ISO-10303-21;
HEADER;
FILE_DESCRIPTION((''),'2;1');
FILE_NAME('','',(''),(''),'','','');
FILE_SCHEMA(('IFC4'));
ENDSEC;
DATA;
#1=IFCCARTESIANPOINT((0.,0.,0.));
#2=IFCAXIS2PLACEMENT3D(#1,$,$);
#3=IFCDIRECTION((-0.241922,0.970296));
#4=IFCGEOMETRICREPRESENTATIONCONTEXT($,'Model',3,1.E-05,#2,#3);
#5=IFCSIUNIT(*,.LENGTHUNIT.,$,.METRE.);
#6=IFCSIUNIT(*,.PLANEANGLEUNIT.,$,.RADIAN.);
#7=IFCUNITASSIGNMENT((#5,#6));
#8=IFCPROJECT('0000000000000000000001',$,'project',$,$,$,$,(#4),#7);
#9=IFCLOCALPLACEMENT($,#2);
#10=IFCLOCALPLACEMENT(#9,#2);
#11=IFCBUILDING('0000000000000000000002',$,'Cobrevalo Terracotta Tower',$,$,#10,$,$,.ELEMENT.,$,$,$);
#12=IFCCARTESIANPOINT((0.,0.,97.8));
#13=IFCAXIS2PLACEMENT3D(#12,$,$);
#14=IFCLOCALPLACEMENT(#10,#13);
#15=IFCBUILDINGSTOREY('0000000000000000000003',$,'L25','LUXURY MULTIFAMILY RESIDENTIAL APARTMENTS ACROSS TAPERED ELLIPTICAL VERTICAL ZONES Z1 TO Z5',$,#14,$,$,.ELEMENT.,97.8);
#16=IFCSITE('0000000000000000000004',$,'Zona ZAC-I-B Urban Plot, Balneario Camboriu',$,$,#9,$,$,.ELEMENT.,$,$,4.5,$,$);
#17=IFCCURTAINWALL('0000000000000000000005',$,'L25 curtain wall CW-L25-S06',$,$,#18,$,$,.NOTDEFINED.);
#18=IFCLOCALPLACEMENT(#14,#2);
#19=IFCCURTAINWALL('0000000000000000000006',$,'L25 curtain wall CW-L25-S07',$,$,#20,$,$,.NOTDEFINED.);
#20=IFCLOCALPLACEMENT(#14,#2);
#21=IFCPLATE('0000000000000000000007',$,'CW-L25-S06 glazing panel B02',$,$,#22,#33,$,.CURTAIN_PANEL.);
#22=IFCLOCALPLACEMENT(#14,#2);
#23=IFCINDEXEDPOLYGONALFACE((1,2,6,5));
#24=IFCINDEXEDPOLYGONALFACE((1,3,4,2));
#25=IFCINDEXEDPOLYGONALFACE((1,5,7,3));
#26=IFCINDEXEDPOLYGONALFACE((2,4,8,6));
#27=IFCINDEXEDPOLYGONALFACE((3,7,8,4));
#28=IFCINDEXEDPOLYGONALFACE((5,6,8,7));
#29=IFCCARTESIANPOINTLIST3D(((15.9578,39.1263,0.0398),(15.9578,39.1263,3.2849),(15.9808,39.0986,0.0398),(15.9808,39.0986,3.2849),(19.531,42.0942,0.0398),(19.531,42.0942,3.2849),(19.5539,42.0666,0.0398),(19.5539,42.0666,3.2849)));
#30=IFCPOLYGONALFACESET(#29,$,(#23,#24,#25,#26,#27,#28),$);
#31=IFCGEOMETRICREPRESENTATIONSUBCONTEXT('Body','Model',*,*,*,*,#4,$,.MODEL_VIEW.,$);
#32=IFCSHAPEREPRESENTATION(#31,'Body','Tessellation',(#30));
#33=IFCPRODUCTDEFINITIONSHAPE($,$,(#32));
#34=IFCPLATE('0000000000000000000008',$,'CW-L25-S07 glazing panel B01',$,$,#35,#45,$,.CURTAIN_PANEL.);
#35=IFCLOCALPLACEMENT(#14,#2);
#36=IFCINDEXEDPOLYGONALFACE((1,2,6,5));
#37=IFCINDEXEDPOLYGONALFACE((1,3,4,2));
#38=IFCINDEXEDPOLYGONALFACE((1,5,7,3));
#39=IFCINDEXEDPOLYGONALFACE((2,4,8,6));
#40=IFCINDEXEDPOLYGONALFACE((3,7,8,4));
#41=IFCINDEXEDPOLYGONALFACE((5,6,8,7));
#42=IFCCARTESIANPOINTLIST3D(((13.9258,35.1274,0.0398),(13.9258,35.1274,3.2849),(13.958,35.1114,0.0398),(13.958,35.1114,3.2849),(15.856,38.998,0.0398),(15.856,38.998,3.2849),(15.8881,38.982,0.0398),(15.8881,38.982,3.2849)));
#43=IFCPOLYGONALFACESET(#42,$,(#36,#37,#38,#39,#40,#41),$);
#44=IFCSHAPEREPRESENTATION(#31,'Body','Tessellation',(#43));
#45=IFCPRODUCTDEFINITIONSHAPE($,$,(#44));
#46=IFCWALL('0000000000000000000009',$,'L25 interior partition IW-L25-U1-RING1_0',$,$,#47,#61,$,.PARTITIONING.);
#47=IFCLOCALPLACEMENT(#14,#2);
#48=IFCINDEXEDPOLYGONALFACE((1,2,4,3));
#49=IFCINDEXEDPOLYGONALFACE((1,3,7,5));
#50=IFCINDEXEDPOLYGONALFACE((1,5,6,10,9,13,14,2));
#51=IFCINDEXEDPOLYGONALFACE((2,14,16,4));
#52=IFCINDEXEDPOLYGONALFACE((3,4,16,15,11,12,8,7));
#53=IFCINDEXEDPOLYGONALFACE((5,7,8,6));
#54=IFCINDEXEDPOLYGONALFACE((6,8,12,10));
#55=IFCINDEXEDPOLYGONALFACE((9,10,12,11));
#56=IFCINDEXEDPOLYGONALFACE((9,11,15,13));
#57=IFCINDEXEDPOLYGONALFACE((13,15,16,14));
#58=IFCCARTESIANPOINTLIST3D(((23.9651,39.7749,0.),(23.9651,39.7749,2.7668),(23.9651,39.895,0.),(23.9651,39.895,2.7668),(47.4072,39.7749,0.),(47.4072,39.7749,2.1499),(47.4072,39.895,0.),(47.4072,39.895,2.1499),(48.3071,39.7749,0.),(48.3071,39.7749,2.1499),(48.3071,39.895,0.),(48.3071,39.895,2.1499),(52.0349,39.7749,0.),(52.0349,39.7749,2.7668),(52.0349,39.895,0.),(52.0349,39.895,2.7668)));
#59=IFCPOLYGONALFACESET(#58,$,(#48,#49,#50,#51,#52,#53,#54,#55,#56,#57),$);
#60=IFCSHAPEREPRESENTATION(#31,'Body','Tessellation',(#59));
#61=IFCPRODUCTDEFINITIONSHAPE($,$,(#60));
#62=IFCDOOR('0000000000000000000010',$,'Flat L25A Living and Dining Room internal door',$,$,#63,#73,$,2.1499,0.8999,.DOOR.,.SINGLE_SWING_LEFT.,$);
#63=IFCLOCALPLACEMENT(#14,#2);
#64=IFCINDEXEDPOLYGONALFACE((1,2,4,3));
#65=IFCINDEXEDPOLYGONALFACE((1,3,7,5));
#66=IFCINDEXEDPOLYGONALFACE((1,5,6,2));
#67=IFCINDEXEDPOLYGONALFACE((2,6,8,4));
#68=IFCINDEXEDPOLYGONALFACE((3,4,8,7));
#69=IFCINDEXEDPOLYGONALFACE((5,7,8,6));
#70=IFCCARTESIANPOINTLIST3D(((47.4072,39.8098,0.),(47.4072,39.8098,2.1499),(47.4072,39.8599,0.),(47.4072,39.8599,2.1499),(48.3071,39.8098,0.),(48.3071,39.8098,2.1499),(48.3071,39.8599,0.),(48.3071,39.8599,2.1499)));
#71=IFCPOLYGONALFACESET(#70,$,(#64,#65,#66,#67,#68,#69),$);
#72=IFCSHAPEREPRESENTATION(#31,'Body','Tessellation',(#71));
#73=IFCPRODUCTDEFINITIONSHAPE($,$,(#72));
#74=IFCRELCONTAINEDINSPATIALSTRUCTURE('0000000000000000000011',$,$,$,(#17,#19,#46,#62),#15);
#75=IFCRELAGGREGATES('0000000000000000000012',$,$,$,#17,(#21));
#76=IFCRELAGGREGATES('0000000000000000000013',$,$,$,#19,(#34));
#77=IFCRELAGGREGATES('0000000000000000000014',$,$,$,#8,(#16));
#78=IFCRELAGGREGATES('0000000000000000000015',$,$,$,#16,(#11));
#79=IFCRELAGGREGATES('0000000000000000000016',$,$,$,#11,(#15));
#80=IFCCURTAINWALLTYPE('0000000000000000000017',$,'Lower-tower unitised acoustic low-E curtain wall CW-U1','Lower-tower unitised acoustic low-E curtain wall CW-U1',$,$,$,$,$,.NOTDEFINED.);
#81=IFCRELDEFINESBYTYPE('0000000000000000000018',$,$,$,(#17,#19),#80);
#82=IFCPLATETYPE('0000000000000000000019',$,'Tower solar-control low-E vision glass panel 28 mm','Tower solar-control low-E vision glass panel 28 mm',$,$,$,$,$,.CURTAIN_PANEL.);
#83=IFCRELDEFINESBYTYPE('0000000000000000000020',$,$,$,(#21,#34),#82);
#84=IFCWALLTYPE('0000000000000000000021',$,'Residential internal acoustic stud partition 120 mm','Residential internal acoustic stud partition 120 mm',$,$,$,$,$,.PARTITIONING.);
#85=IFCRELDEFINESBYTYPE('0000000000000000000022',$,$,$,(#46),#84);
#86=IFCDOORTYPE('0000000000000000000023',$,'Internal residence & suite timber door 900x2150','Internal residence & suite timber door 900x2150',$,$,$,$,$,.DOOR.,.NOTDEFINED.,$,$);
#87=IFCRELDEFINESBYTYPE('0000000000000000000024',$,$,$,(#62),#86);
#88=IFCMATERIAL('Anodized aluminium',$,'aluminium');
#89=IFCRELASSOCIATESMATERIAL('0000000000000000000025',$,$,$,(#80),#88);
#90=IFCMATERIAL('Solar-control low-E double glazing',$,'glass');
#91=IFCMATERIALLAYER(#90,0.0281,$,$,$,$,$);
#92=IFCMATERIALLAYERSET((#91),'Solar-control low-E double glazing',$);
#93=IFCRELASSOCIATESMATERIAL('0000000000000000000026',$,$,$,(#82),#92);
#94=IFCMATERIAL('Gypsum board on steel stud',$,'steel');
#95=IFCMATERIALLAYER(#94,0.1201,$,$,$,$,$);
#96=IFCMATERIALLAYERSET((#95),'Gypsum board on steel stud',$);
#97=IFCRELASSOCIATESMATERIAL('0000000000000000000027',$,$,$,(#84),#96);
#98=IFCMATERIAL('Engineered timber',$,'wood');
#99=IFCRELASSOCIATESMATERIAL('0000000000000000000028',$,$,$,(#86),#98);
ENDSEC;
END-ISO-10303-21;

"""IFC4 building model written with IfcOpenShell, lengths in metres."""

from ifc_helpers import new_model, si_unit, direction, frame, frame_2d, origin, origin_2d, place, context, subcontext, project, spatial, rectangle, extrude, source, transform, mapped, material, layer, layer_set, type_object, element, fill, aggregate, save


model = new_model("IFC4")

# Units and contexts
model_context = context("Model", 3, precision=1e-05, world=origin(), true_north=direction((-0.241922, 0.970296)))
body_context = subcontext(model_context, "Body", "Model", "MODEL_VIEW")
ifc_project = project(units=[si_unit("LENGTHUNIT", "METRE"), si_unit("PLANEANGLEUNIT", "RADIAN")], contexts=[model_context])

# Site, building, storey
site_placement = place(None, origin())
site = spatial("IfcSite", under=ifc_project, at=site_placement, Name="Zona ZAC-I-B Urban Plot, Balneario Camboriu", CompositionType="ELEMENT", RefElevation=4.5)
building_placement = place(site_placement, origin())
building = spatial("IfcBuilding", under=site, at=building_placement, Name="Cobrevalo Terracotta Tower", CompositionType="ELEMENT")
storey_placement = place(building_placement, frame((0.0, 0.0, 97.8)))
storey = spatial("IfcBuildingStorey", under=building, at=storey_placement, Name="L25", Description="LUXURY MULTIFAMILY RESIDENTIAL APARTMENTS ACROSS TAPERED ELLIPTICAL VERTICAL ZONES Z1 TO Z5", CompositionType="ELEMENT", Elevation=97.8)

# Shared definitions
ifc_material_1 = material(Name="Anodized aluminium", Category="aluminium")
curtain_wall_type = type_object("IfcCurtainWallType", Name="Lower-tower unitised acoustic low-E curtain wall CW-U1", Description="Lower-tower unitised acoustic low-E curtain wall CW-U1", PredefinedType="NOTDEFINED", material=ifc_material_1)

# Curtain walls
curtain_wall_1_placement = place(storey_placement, origin())
curtain_wall_1 = element("IfcCurtainWall", 1, at=curtain_wall_1_placement, inside=storey, type_object=curtain_wall_type, Name="L25 curtain wall CW-L25-S06", PredefinedType="NOTDEFINED")
curtain_wall_2_placement = place(storey_placement, origin())
curtain_wall_2 = element("IfcCurtainWall", 2, at=curtain_wall_2_placement, inside=storey, type_object=curtain_wall_type, Name="L25 curtain wall CW-L25-S07", PredefinedType="NOTDEFINED")

# Plates
ifc_material_2 = material(Name="Solar-control low-E double glazing", Category="glass")
ifc_layer_1 = layer(ifc_material_2, 0.0281)
ifc_layer_set_1 = layer_set([ifc_layer_1], Name="Solar-control low-E double glazing")
plate_type = type_object("IfcPlateType", Name="Tower solar-control low-E vision glass panel 28 mm", Description="Tower solar-control low-E vision glass panel 28 mm", PredefinedType="CURTAIN_PANEL", material=ifc_layer_set_1)
shared_shape_1 = source(origin(), body_context, "Body", "SweptSolid", [
    extrude(rectangle(XDim=4.645, YDim=0.0359, at=origin_2d()), origin(), (0.0, 0.0, 1.0), 3.2451),
])
plate_1_placement = place(storey_placement, frame((17.7559, 40.5964, 0.0398), z_axis=(0.0, 0.0, 1.0), x_axis=(-0.769241, -0.638958, 0.0)))
plate_1 = element("IfcPlate", 3, at=plate_1_placement, type_object=plate_type, Name="CW-L25-S06 glazing panel B02", PredefinedType="CURTAIN_PANEL", context=body_context, shape_type="MappedRepresentation", body=[
    mapped(shared_shape_1, transform((0.0, 0.0, 0.0), scale=1.0)),
])
aggregate(curtain_wall_1, [plate_1])
shared_shape_2 = source(origin(), body_context, "Body", "SweptSolid", [
    extrude(rectangle(XDim=4.3252, YDim=0.0359, at=origin_2d()), origin(), (0.0, 0.0, 1.0), 3.2451),
])
plate_2_placement = place(storey_placement, frame((14.907, 37.0547, 0.0398), z_axis=(0.0, 0.0, 1.0), x_axis=(-0.446262, -0.894902, 0.0)))
plate_2 = element("IfcPlate", 4, at=plate_2_placement, type_object=plate_type, Name="CW-L25-S07 glazing panel B01", PredefinedType="CURTAIN_PANEL", context=body_context, shape_type="MappedRepresentation", body=[
    mapped(shared_shape_2, transform((0.0, 0.0, 0.0), scale=1.0)),
])
aggregate(curtain_wall_2, [plate_2])

# Wall, opening, door
ifc_material_3 = material(Name="Gypsum board on steel stud", Category="steel")
ifc_layer_2 = layer(ifc_material_3, 0.1201)
ifc_layer_set_2 = layer_set([ifc_layer_2], Name="Gypsum board on steel stud")
wall_type = type_object("IfcWallType", Name="Residential internal acoustic stud partition 120 mm", Description="Residential internal acoustic stud partition 120 mm", PredefinedType="PARTITIONING", material=ifc_layer_set_2)
wall_placement = place(storey_placement, frame((23.9651, 39.835, 0.0), z_axis=(0.0, 0.0, 1.0), x_axis=(1.0, 0.0, 0.0)))
wall = element("IfcWall", 5, at=wall_placement, inside=storey, type_object=wall_type, Name="L25 interior partition IW-L25-U1-RING1_0", PredefinedType="PARTITIONING", context=body_context, shape_type="SweptSolid", body=[
    extrude(rectangle(XDim=28.0698, YDim=0.1201, at=frame_2d((14.0349, 0.0))), origin(), (0.0, 0.0, 1.0), 2.7668),
])
opening_placement = place(wall_placement, frame((23.4421, 0.0, 0.0)))
opening = element("IfcOpeningElement", 6, at=opening_placement, cuts=wall, PredefinedType="OPENING", context=body_context, shape_type="SweptSolid", body=[
    extrude(rectangle(XDim=0.8999, YDim=2.1499, at=frame_2d((0.45, 1.075))), frame((0.0, 0.0701, 0.0), z_axis=(0.0, -1.0, 0.0), x_axis=(1.0, 0.0, 0.0)), (0.0, 0.0, 1.0), 0.1401),
])
ifc_material_4 = material(Name="Engineered timber", Category="wood")
door_type = type_object("IfcDoorType", Name="Internal residence & suite timber door 900x2150", Description="Internal residence & suite timber door 900x2150", OperationType="NOTDEFINED", PredefinedType="DOOR", material=ifc_material_4)
shared_shape_3 = source(origin(), body_context, "Body", "SweptSolid", [
    extrude(rectangle(XDim=0.8999, YDim=2.1499, at=frame_2d((0.45, 1.075))), frame((0.0, 0.0249, 0.0), z_axis=(0.0, -1.0, 0.0), x_axis=(1.0, 0.0, 0.0)), (0.0, 0.0, 1.0), 0.05),
])
door_placement = place(opening_placement, origin())
door = element("IfcDoor", 7, at=door_placement, inside=storey, type_object=door_type, Name="Flat L25A Living and Dining Room internal door", OperationType="SINGLE_SWING_LEFT", OverallHeight=2.1499, OverallWidth=0.8999, PredefinedType="DOOR", context=body_context, shape_type="MappedRepresentation", body=[
    mapped(shared_shape_3, transform((0.0, 0.0, 0.0), scale=1.0)),
])
fill(opening, door)

save(model, "model.ifc")
